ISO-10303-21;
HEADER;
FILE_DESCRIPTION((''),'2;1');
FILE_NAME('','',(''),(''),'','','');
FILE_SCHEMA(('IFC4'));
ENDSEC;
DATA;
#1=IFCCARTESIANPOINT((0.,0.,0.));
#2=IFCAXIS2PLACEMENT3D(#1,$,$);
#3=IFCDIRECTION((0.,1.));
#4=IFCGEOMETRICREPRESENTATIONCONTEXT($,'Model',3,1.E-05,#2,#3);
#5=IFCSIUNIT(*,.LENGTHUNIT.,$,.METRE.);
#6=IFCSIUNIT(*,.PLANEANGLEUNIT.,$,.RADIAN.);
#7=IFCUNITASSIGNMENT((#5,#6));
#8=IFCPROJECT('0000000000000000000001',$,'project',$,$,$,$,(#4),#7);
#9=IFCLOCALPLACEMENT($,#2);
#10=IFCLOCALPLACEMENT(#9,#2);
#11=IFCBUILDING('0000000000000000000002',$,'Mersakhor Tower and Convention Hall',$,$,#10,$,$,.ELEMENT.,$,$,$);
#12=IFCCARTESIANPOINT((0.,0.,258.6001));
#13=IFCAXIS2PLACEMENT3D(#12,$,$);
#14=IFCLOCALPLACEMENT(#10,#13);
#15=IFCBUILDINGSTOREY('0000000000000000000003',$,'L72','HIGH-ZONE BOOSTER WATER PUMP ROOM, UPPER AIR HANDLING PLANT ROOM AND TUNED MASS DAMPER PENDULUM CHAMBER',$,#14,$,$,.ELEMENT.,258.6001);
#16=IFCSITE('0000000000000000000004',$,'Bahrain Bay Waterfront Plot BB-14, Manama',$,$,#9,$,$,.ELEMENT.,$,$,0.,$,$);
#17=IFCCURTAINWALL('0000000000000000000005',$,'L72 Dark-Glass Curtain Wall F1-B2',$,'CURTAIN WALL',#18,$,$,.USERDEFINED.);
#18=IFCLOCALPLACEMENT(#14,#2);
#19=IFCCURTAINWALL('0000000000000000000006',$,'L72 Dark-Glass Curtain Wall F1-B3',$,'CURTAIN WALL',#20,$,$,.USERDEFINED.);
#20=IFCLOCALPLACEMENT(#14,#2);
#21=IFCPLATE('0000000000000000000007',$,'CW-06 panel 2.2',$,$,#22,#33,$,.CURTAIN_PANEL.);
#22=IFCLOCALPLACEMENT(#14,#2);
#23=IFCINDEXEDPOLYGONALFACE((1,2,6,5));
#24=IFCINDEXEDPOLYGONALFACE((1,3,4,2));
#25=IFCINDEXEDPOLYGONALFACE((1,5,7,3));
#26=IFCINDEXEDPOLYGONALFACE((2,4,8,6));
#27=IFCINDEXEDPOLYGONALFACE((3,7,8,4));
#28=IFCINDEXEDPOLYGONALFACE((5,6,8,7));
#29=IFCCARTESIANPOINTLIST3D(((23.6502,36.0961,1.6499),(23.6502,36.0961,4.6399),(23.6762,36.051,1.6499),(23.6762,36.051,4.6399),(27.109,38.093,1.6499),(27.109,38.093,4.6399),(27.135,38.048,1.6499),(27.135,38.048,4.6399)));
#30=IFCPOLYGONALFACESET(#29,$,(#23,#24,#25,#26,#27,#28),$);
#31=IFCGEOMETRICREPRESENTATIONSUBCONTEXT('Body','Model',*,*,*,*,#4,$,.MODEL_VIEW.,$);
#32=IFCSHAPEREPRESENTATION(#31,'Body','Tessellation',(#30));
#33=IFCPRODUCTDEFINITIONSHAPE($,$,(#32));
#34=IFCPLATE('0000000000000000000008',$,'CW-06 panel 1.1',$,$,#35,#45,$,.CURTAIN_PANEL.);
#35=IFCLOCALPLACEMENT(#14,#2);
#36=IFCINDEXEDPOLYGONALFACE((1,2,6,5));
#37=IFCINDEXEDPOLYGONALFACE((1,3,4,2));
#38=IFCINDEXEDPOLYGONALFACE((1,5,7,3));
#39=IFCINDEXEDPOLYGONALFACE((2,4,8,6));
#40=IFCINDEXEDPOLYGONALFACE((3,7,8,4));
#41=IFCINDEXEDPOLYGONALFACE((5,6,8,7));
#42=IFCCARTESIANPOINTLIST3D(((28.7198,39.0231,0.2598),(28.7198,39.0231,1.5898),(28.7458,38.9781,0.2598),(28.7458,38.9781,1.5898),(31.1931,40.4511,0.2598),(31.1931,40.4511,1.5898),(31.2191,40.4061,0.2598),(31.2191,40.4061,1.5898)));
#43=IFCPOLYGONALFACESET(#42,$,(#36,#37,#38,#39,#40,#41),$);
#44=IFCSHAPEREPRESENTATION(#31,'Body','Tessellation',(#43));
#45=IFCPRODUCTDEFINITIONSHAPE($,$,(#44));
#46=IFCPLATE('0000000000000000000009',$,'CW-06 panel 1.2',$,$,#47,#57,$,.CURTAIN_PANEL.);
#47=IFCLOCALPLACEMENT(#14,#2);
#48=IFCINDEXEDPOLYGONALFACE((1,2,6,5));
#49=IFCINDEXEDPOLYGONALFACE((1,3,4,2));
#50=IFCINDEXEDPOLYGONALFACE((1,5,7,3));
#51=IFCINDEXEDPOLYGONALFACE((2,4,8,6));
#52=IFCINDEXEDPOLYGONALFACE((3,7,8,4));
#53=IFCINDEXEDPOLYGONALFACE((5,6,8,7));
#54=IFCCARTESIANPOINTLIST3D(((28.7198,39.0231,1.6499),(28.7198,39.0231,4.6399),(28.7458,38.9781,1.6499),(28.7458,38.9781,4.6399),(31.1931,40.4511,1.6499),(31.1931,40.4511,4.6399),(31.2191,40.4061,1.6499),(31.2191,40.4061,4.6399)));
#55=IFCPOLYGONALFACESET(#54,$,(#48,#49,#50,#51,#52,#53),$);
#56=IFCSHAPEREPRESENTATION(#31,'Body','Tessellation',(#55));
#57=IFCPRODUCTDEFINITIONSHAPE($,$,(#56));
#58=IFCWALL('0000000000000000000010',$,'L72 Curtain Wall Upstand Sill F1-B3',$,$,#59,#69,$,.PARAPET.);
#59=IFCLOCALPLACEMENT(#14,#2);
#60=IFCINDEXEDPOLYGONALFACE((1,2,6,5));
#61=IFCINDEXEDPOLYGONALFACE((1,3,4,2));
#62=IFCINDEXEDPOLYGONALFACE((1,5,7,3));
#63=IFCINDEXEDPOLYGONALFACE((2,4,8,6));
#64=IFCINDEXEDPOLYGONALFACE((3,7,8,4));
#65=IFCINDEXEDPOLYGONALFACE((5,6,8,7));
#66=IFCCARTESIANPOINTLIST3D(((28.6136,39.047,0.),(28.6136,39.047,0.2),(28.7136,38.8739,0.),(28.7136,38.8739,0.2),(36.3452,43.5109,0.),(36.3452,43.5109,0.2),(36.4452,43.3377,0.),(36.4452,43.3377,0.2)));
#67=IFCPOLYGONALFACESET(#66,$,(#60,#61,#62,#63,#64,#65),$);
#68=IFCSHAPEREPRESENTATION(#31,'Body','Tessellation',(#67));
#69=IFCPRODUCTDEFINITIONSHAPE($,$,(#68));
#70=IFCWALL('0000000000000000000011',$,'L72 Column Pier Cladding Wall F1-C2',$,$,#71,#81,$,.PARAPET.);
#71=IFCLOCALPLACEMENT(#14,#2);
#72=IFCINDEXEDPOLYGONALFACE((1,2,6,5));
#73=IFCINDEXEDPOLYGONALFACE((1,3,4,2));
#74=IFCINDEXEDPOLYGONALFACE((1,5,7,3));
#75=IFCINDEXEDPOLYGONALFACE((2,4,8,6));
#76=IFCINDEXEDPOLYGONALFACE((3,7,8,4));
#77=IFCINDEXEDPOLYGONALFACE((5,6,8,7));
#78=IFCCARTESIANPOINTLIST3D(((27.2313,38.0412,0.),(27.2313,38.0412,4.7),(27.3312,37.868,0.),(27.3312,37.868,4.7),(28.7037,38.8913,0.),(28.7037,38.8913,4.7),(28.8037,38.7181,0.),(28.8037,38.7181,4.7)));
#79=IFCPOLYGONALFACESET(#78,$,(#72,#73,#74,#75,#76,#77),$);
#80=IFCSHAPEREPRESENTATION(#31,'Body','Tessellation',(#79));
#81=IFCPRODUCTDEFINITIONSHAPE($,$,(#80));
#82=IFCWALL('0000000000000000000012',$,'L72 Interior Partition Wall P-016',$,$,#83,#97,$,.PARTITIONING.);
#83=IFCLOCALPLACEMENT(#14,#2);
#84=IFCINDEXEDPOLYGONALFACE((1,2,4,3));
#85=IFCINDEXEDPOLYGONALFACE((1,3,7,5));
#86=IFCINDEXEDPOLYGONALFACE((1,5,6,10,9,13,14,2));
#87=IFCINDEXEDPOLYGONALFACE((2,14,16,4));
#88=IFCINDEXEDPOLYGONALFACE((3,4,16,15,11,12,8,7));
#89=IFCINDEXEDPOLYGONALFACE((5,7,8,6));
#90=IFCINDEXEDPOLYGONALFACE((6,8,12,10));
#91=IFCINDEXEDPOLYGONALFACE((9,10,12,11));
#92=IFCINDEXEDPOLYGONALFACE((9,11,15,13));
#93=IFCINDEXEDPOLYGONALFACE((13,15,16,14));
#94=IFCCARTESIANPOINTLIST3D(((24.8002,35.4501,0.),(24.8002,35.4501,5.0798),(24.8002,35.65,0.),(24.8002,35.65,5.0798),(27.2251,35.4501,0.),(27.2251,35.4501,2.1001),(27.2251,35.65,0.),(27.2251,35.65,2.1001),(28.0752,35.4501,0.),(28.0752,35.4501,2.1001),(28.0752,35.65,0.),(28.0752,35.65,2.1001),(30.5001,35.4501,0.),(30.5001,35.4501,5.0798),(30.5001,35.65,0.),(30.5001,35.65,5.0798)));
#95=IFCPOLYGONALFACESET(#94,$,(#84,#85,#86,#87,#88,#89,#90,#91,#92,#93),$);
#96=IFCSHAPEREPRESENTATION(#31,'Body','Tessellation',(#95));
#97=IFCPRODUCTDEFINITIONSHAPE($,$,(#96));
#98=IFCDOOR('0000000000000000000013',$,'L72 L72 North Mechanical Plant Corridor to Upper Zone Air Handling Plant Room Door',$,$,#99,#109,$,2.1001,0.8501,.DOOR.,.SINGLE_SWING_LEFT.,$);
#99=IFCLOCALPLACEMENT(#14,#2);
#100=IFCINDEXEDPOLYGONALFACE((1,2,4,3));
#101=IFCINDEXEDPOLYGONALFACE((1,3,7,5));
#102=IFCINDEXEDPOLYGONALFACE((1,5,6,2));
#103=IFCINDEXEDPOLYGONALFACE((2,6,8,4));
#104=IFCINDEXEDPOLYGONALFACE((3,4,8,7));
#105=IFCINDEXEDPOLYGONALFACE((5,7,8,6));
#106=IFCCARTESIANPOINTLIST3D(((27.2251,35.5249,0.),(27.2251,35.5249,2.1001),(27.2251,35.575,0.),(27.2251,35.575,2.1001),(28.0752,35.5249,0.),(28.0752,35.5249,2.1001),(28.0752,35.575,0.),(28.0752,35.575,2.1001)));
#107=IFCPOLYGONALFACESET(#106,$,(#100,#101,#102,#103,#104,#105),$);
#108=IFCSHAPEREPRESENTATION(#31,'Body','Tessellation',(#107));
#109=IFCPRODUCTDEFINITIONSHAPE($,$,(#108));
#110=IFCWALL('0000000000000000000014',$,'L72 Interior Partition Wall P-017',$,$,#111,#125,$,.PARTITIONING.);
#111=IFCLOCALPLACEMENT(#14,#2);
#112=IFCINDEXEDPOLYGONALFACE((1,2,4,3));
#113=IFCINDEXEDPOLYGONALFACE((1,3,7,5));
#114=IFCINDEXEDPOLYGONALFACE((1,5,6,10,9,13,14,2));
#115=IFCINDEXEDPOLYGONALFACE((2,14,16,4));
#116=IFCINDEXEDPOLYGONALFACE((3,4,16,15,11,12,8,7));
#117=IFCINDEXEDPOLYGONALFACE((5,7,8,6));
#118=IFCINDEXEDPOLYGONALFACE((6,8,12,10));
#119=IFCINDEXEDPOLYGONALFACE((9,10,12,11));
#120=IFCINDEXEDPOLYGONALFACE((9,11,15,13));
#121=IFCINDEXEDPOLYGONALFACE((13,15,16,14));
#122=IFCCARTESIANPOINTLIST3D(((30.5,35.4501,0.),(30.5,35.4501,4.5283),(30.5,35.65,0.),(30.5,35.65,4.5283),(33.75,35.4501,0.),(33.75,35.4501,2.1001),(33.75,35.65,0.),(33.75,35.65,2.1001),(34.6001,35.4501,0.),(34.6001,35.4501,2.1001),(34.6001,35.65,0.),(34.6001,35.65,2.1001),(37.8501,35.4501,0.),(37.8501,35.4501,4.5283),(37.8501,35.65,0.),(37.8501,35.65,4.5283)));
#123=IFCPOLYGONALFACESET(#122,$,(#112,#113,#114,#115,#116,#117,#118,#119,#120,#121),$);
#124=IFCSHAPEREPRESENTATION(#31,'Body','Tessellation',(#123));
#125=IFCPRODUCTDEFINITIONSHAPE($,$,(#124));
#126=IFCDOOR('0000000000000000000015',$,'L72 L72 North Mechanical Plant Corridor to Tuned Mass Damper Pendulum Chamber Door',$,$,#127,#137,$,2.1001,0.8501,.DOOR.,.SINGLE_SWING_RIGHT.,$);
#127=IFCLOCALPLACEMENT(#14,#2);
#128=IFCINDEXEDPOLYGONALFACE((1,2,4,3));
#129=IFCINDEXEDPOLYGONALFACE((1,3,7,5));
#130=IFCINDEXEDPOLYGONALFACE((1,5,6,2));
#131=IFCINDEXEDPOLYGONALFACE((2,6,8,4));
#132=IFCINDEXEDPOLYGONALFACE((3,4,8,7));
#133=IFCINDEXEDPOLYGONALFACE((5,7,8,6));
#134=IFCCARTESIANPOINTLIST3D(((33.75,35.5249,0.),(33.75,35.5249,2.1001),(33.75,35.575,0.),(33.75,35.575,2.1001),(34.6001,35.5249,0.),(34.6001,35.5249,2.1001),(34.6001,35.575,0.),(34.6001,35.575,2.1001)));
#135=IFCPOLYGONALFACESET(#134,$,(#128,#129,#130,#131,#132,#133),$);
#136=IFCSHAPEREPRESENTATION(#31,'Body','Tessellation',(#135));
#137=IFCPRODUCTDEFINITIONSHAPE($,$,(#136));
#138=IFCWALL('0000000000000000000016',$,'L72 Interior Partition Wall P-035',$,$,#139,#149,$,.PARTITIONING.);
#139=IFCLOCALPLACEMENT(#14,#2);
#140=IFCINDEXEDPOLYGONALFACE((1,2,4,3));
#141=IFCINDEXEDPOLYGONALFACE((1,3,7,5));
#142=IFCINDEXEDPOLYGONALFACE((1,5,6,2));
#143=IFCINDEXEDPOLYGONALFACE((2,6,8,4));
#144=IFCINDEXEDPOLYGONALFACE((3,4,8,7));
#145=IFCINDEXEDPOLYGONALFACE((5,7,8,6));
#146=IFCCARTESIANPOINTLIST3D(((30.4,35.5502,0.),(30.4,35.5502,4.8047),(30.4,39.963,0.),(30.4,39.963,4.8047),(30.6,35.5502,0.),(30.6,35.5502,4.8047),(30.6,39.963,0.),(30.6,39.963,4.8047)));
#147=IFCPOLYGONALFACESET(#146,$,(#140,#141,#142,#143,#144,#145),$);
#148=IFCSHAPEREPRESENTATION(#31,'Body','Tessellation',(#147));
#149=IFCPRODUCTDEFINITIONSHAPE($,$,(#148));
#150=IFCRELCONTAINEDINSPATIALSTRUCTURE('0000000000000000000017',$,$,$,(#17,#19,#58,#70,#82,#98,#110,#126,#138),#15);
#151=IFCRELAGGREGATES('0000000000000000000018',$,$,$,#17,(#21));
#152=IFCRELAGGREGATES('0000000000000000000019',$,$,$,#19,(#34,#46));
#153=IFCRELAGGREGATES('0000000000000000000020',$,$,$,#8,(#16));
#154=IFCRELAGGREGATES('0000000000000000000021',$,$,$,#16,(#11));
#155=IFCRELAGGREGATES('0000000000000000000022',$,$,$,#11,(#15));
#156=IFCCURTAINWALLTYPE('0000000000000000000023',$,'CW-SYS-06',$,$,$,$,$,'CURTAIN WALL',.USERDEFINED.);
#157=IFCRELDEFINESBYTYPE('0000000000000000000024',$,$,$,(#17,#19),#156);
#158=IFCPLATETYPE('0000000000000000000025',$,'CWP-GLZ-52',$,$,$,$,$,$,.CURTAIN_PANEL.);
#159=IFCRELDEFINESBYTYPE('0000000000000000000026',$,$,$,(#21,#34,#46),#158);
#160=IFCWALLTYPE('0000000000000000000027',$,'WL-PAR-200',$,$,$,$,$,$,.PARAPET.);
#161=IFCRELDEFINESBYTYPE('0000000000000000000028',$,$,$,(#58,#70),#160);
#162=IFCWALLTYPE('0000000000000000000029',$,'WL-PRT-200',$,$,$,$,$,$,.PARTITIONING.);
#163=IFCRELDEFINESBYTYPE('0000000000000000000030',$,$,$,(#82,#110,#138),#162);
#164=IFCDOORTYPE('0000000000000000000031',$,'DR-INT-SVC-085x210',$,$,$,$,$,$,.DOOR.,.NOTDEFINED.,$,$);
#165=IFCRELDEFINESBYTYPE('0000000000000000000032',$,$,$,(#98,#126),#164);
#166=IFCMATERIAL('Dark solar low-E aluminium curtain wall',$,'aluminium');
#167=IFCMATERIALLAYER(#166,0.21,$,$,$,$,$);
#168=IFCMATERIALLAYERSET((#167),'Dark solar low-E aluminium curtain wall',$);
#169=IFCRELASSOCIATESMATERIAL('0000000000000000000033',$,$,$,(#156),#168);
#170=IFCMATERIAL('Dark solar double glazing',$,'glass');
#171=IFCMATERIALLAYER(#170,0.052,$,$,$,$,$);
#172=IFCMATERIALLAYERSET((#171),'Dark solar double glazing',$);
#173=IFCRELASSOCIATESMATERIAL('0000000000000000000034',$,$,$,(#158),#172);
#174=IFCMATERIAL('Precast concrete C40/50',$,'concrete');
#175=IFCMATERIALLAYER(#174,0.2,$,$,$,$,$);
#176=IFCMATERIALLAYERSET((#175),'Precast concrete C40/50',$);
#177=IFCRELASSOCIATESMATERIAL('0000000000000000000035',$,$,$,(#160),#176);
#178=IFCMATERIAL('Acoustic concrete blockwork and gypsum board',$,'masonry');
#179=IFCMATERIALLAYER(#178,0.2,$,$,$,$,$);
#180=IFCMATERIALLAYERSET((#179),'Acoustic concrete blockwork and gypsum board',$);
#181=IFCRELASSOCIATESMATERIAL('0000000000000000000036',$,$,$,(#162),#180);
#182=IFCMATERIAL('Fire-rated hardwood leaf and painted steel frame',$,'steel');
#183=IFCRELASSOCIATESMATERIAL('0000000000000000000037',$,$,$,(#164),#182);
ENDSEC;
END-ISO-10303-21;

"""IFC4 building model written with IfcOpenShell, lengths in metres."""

from ifc_helpers import new_model, si_unit, direction, frame, frame_2d, origin, origin_2d, place, context, subcontext, project, spatial, rectangle, extrude, material, layer, layer_set, type_object, element, fill, aggregate, save


model = new_model("IFC4")

# Units and contexts
model_context = context("Model", 3, precision=1e-05, world=origin(), true_north=direction((0.0, 1.0)))
body_context = subcontext(model_context, "Body", "Model", "MODEL_VIEW")
ifc_project = project(units=[si_unit("LENGTHUNIT", "METRE"), si_unit("PLANEANGLEUNIT", "RADIAN")], contexts=[model_context])

# Site, building, storey
site_placement = place(None, origin())
site = spatial("IfcSite", under=ifc_project, at=site_placement, Name="Bahrain Bay Waterfront Plot BB-14, Manama", CompositionType="ELEMENT", RefElevation=0.0)
building_placement = place(site_placement, origin())
building = spatial("IfcBuilding", under=site, at=building_placement, Name="Mersakhor Tower and Convention Hall", CompositionType="ELEMENT")
storey_placement = place(building_placement, frame((0.0, 0.0, 258.6001)))
storey = spatial("IfcBuildingStorey", under=building, at=storey_placement, Name="L72", Description="HIGH-ZONE BOOSTER WATER PUMP ROOM, UPPER AIR HANDLING PLANT ROOM AND TUNED MASS DAMPER PENDULUM CHAMBER", CompositionType="ELEMENT", Elevation=258.6001)

# Curtain walls
ifc_material_1 = material(Name="Dark solar low-E aluminium curtain wall", Category="aluminium")
ifc_layer_1 = layer(ifc_material_1, 0.21)
ifc_layer_set_1 = layer_set([ifc_layer_1], Name="Dark solar low-E aluminium curtain wall")
curtain_wall_type = type_object("IfcCurtainWallType", Name="CW-SYS-06", ElementType="CURTAIN WALL", PredefinedType="USERDEFINED", material=ifc_layer_set_1)
curtain_wall_1_placement = place(storey_placement, origin())
curtain_wall_1 = element("IfcCurtainWall", 1, at=curtain_wall_1_placement, inside=storey, type_object=curtain_wall_type, Name="L72 Dark-Glass Curtain Wall F1-B2", ObjectType="CURTAIN WALL", PredefinedType="USERDEFINED")
curtain_wall_2_placement = place(storey_placement, origin())
curtain_wall_2 = element("IfcCurtainWall", 2, at=curtain_wall_2_placement, inside=storey, type_object=curtain_wall_type, Name="L72 Dark-Glass Curtain Wall F1-B3", ObjectType="CURTAIN WALL", PredefinedType="USERDEFINED")

# Plates
ifc_material_2 = material(Name="Dark solar double glazing", Category="glass")
ifc_layer_2 = layer(ifc_material_2, 0.052)
ifc_layer_set_2 = layer_set([ifc_layer_2], Name="Dark solar double glazing")
plate_type = type_object("IfcPlateType", Name="CWP-GLZ-52", PredefinedType="CURTAIN_PANEL", material=ifc_layer_set_2)
plate_1_placement = place(storey_placement, frame((25.3926, 37.072, 1.6499), z_axis=(0.0, 0.0, 1.0), x_axis=(0.866023, 0.500004, 0.0)))
plate_1 = element("IfcPlate", 3, at=plate_1_placement, type_object=plate_type, Name="CW-06 panel 2.2", PredefinedType="CURTAIN_PANEL", context=body_context, shape_type="SweptSolid", body=[
    extrude(rectangle(XDim=3.9939, YDim=0.052, at=origin_2d()), origin(), (0.0, 0.0, 1.0), 2.99),
])
aggregate(curtain_wall_1, [plate_1])
plate_2_placement = place(storey_placement, frame((29.9695, 39.7146, 0.2598), z_axis=(0.0, 0.0, 1.0), x_axis=(0.866025, 0.5, 0.0)))
plate_2 = element("IfcPlate", 4, at=plate_2_placement, type_object=plate_type, Name="CW-06 panel 1.1", PredefinedType="CURTAIN_PANEL", context=body_context, shape_type="SweptSolid", body=[
    extrude(rectangle(XDim=2.856, YDim=0.052, at=origin_2d()), origin(), (0.0, 0.0, 1.0), 1.3301),
])
plate_3_placement = place(storey_placement, frame((29.9695, 39.7146, 1.6499), z_axis=(0.0, 0.0, 1.0), x_axis=(0.866025, 0.5, 0.0)))
plate_3 = element("IfcPlate", 5, at=plate_3_placement, type_object=plate_type, Name="CW-06 panel 1.2", PredefinedType="CURTAIN_PANEL", context=body_context, shape_type="SweptSolid", body=[
    extrude(rectangle(XDim=2.856, YDim=0.052, at=origin_2d()), origin(), (0.0, 0.0, 1.0), 2.99),
])
aggregate(curtain_wall_2, [plate_2, plate_3])

# Walls
ifc_material_3 = material(Name="Precast concrete C40/50", Category="concrete")
ifc_layer_3 = layer(ifc_material_3, 0.2)
ifc_layer_set_3 = layer_set([ifc_layer_3], Name="Precast concrete C40/50")
wall_type_1 = type_object("IfcWallType", Name="WL-PAR-200", PredefinedType="PARAPET", material=ifc_layer_set_3)
wall_1_placement = place(storey_placement, frame((28.6636, 38.9604, 0.0), z_axis=(0.0, 0.0, 1.0), x_axis=(0.866027, 0.499998, 0.0)))
element("IfcWall", 6, at=wall_1_placement, inside=storey, type_object=wall_type_1, Name="L72 Curtain Wall Upstand Sill F1-B3", PredefinedType="PARAPET", context=body_context, shape_type="SweptSolid", body=[
    extrude(rectangle(XDim=8.9277, YDim=0.2, at=frame_2d((4.4639, 0.0))), origin(), (0.0, 0.0, 1.0), 0.2),
])
wall_2_placement = place(storey_placement, frame((27.2812, 37.9546, 0.0), z_axis=(0.0, 0.0, 1.0), x_axis=(0.866025, 0.5, 0.0)))
element("IfcWall", 7, at=wall_2_placement, inside=storey, type_object=wall_type_1, Name="L72 Column Pier Cladding Wall F1-C2", PredefinedType="PARAPET", context=body_context, shape_type="SweptSolid", body=[
    extrude(rectangle(XDim=1.7002, YDim=0.2, at=frame_2d((0.8501, 0.0))), origin(), (0.0, 0.0, 1.0), 4.7),
])

# Walls, openings, doors
ifc_material_4 = material(Name="Acoustic concrete blockwork and gypsum board", Category="masonry")
ifc_layer_4 = layer(ifc_material_4, 0.2)
ifc_layer_set_4 = layer_set([ifc_layer_4], Name="Acoustic concrete blockwork and gypsum board")
wall_type_2 = type_object("IfcWallType", Name="WL-PRT-200", PredefinedType="PARTITIONING", material=ifc_layer_set_4)
wall_3_placement = place(storey_placement, frame((24.8, 35.55, 0.0), z_axis=(0.0, 0.0, 1.0), x_axis=(1.0, 0.0, 0.0)))
wall_3 = element("IfcWall", 8, at=wall_3_placement, inside=storey, type_object=wall_type_2, Name="L72 Interior Partition Wall P-016", PredefinedType="PARTITIONING", context=body_context, shape_type="SweptSolid", body=[
    extrude(rectangle(XDim=5.7, YDim=0.2, at=frame_2d((2.8501, 0.0))), origin(), (0.0, 0.0, 1.0), 5.0798),
])
opening_1_placement = place(wall_3_placement, frame((2.425, 0.0, 0.0)))
opening_1 = element("IfcOpeningElement", 9, at=opening_1_placement, cuts=wall_3, PredefinedType="OPENING", context=body_context, shape_type="SweptSolid", body=[
    extrude(rectangle(XDim=0.8501, YDim=2.1001, at=frame_2d((0.425, 1.05))), frame((0.0, 0.1099, 0.0), z_axis=(0.0, -1.0, 0.0), x_axis=(1.0, 0.0, 0.0)), (0.0, 0.0, 1.0), 0.22),
])
ifc_material_5 = material(Name="Fire-rated hardwood leaf and painted steel frame", Category="steel")
door_type = type_object("IfcDoorType", Name="DR-INT-SVC-085x210", OperationType="NOTDEFINED", PredefinedType="DOOR", material=ifc_material_5)
door_1_placement = place(opening_1_placement, origin())
door_1 = element("IfcDoor", 10, at=door_1_placement, inside=storey, type_object=door_type, Name="L72 L72 North Mechanical Plant Corridor to Upper Zone Air Handling Plant Room Door", OperationType="SINGLE_SWING_LEFT", OverallHeight=2.1001, OverallWidth=0.8501, PredefinedType="DOOR", context=body_context, shape_type="SweptSolid", body=[
    extrude(rectangle(XDim=0.8501, YDim=2.1001, at=frame_2d((0.425, 1.05))), frame((0.0, 0.0249, 0.0), z_axis=(0.0, -1.0, 0.0), x_axis=(1.0, 0.0, 0.0)), (0.0, 0.0, 1.0), 0.05),
])
fill(opening_1, door_1)
wall_4_placement = place(storey_placement, frame((30.5, 35.55, 0.0), z_axis=(0.0, 0.0, 1.0), x_axis=(1.0, 0.0, 0.0)))
wall_4 = element("IfcWall", 11, at=wall_4_placement, inside=storey, type_object=wall_type_2, Name="L72 Interior Partition Wall P-017", PredefinedType="PARTITIONING", context=body_context, shape_type="SweptSolid", body=[
    extrude(rectangle(XDim=7.3501, YDim=0.2, at=frame_2d((3.675, 0.0))), origin(), (0.0, 0.0, 1.0), 4.5283),
])
opening_2_placement = place(wall_4_placement, frame((3.25, 0.0, 0.0)))
opening_2 = element("IfcOpeningElement", 12, at=opening_2_placement, cuts=wall_4, PredefinedType="OPENING", context=body_context, shape_type="SweptSolid", body=[
    extrude(rectangle(XDim=0.8501, YDim=2.1001, at=frame_2d((0.425, 1.05))), frame((0.0, 0.1099, 0.0), z_axis=(0.0, -1.0, 0.0), x_axis=(1.0, 0.0, 0.0)), (0.0, 0.0, 1.0), 0.22),
])
door_2_placement = place(opening_2_placement, origin())
door_2 = element("IfcDoor", 13, at=door_2_placement, inside=storey, type_object=door_type, Name="L72 L72 North Mechanical Plant Corridor to Tuned Mass Damper Pendulum Chamber Door", OperationType="SINGLE_SWING_RIGHT", OverallHeight=2.1001, OverallWidth=0.8501, PredefinedType="DOOR", context=body_context, shape_type="SweptSolid", body=[
    extrude(rectangle(XDim=0.8501, YDim=2.1001, at=frame_2d((0.425, 1.05))), frame((0.0, 0.0249, 0.0), z_axis=(0.0, -1.0, 0.0), x_axis=(1.0, 0.0, 0.0)), (0.0, 0.0, 1.0), 0.05),
])
fill(opening_2, door_2)

# Wall
wall_5_placement = place(storey_placement, frame((30.5, 35.55, 0.0), z_axis=(0.0, 0.0, 1.0), x_axis=(0.0, 1.0, 0.0)))
element("IfcWall", 14, at=wall_5_placement, inside=storey, type_object=wall_type_2, Name="L72 Interior Partition Wall P-035", PredefinedType="PARTITIONING", context=body_context, shape_type="SweptSolid", body=[
    extrude(rectangle(XDim=4.4128, YDim=0.2, at=frame_2d((2.2065, 0.0))), origin(), (0.0, 0.0, 1.0), 4.8047),
])

save(model, "model.ifc")
